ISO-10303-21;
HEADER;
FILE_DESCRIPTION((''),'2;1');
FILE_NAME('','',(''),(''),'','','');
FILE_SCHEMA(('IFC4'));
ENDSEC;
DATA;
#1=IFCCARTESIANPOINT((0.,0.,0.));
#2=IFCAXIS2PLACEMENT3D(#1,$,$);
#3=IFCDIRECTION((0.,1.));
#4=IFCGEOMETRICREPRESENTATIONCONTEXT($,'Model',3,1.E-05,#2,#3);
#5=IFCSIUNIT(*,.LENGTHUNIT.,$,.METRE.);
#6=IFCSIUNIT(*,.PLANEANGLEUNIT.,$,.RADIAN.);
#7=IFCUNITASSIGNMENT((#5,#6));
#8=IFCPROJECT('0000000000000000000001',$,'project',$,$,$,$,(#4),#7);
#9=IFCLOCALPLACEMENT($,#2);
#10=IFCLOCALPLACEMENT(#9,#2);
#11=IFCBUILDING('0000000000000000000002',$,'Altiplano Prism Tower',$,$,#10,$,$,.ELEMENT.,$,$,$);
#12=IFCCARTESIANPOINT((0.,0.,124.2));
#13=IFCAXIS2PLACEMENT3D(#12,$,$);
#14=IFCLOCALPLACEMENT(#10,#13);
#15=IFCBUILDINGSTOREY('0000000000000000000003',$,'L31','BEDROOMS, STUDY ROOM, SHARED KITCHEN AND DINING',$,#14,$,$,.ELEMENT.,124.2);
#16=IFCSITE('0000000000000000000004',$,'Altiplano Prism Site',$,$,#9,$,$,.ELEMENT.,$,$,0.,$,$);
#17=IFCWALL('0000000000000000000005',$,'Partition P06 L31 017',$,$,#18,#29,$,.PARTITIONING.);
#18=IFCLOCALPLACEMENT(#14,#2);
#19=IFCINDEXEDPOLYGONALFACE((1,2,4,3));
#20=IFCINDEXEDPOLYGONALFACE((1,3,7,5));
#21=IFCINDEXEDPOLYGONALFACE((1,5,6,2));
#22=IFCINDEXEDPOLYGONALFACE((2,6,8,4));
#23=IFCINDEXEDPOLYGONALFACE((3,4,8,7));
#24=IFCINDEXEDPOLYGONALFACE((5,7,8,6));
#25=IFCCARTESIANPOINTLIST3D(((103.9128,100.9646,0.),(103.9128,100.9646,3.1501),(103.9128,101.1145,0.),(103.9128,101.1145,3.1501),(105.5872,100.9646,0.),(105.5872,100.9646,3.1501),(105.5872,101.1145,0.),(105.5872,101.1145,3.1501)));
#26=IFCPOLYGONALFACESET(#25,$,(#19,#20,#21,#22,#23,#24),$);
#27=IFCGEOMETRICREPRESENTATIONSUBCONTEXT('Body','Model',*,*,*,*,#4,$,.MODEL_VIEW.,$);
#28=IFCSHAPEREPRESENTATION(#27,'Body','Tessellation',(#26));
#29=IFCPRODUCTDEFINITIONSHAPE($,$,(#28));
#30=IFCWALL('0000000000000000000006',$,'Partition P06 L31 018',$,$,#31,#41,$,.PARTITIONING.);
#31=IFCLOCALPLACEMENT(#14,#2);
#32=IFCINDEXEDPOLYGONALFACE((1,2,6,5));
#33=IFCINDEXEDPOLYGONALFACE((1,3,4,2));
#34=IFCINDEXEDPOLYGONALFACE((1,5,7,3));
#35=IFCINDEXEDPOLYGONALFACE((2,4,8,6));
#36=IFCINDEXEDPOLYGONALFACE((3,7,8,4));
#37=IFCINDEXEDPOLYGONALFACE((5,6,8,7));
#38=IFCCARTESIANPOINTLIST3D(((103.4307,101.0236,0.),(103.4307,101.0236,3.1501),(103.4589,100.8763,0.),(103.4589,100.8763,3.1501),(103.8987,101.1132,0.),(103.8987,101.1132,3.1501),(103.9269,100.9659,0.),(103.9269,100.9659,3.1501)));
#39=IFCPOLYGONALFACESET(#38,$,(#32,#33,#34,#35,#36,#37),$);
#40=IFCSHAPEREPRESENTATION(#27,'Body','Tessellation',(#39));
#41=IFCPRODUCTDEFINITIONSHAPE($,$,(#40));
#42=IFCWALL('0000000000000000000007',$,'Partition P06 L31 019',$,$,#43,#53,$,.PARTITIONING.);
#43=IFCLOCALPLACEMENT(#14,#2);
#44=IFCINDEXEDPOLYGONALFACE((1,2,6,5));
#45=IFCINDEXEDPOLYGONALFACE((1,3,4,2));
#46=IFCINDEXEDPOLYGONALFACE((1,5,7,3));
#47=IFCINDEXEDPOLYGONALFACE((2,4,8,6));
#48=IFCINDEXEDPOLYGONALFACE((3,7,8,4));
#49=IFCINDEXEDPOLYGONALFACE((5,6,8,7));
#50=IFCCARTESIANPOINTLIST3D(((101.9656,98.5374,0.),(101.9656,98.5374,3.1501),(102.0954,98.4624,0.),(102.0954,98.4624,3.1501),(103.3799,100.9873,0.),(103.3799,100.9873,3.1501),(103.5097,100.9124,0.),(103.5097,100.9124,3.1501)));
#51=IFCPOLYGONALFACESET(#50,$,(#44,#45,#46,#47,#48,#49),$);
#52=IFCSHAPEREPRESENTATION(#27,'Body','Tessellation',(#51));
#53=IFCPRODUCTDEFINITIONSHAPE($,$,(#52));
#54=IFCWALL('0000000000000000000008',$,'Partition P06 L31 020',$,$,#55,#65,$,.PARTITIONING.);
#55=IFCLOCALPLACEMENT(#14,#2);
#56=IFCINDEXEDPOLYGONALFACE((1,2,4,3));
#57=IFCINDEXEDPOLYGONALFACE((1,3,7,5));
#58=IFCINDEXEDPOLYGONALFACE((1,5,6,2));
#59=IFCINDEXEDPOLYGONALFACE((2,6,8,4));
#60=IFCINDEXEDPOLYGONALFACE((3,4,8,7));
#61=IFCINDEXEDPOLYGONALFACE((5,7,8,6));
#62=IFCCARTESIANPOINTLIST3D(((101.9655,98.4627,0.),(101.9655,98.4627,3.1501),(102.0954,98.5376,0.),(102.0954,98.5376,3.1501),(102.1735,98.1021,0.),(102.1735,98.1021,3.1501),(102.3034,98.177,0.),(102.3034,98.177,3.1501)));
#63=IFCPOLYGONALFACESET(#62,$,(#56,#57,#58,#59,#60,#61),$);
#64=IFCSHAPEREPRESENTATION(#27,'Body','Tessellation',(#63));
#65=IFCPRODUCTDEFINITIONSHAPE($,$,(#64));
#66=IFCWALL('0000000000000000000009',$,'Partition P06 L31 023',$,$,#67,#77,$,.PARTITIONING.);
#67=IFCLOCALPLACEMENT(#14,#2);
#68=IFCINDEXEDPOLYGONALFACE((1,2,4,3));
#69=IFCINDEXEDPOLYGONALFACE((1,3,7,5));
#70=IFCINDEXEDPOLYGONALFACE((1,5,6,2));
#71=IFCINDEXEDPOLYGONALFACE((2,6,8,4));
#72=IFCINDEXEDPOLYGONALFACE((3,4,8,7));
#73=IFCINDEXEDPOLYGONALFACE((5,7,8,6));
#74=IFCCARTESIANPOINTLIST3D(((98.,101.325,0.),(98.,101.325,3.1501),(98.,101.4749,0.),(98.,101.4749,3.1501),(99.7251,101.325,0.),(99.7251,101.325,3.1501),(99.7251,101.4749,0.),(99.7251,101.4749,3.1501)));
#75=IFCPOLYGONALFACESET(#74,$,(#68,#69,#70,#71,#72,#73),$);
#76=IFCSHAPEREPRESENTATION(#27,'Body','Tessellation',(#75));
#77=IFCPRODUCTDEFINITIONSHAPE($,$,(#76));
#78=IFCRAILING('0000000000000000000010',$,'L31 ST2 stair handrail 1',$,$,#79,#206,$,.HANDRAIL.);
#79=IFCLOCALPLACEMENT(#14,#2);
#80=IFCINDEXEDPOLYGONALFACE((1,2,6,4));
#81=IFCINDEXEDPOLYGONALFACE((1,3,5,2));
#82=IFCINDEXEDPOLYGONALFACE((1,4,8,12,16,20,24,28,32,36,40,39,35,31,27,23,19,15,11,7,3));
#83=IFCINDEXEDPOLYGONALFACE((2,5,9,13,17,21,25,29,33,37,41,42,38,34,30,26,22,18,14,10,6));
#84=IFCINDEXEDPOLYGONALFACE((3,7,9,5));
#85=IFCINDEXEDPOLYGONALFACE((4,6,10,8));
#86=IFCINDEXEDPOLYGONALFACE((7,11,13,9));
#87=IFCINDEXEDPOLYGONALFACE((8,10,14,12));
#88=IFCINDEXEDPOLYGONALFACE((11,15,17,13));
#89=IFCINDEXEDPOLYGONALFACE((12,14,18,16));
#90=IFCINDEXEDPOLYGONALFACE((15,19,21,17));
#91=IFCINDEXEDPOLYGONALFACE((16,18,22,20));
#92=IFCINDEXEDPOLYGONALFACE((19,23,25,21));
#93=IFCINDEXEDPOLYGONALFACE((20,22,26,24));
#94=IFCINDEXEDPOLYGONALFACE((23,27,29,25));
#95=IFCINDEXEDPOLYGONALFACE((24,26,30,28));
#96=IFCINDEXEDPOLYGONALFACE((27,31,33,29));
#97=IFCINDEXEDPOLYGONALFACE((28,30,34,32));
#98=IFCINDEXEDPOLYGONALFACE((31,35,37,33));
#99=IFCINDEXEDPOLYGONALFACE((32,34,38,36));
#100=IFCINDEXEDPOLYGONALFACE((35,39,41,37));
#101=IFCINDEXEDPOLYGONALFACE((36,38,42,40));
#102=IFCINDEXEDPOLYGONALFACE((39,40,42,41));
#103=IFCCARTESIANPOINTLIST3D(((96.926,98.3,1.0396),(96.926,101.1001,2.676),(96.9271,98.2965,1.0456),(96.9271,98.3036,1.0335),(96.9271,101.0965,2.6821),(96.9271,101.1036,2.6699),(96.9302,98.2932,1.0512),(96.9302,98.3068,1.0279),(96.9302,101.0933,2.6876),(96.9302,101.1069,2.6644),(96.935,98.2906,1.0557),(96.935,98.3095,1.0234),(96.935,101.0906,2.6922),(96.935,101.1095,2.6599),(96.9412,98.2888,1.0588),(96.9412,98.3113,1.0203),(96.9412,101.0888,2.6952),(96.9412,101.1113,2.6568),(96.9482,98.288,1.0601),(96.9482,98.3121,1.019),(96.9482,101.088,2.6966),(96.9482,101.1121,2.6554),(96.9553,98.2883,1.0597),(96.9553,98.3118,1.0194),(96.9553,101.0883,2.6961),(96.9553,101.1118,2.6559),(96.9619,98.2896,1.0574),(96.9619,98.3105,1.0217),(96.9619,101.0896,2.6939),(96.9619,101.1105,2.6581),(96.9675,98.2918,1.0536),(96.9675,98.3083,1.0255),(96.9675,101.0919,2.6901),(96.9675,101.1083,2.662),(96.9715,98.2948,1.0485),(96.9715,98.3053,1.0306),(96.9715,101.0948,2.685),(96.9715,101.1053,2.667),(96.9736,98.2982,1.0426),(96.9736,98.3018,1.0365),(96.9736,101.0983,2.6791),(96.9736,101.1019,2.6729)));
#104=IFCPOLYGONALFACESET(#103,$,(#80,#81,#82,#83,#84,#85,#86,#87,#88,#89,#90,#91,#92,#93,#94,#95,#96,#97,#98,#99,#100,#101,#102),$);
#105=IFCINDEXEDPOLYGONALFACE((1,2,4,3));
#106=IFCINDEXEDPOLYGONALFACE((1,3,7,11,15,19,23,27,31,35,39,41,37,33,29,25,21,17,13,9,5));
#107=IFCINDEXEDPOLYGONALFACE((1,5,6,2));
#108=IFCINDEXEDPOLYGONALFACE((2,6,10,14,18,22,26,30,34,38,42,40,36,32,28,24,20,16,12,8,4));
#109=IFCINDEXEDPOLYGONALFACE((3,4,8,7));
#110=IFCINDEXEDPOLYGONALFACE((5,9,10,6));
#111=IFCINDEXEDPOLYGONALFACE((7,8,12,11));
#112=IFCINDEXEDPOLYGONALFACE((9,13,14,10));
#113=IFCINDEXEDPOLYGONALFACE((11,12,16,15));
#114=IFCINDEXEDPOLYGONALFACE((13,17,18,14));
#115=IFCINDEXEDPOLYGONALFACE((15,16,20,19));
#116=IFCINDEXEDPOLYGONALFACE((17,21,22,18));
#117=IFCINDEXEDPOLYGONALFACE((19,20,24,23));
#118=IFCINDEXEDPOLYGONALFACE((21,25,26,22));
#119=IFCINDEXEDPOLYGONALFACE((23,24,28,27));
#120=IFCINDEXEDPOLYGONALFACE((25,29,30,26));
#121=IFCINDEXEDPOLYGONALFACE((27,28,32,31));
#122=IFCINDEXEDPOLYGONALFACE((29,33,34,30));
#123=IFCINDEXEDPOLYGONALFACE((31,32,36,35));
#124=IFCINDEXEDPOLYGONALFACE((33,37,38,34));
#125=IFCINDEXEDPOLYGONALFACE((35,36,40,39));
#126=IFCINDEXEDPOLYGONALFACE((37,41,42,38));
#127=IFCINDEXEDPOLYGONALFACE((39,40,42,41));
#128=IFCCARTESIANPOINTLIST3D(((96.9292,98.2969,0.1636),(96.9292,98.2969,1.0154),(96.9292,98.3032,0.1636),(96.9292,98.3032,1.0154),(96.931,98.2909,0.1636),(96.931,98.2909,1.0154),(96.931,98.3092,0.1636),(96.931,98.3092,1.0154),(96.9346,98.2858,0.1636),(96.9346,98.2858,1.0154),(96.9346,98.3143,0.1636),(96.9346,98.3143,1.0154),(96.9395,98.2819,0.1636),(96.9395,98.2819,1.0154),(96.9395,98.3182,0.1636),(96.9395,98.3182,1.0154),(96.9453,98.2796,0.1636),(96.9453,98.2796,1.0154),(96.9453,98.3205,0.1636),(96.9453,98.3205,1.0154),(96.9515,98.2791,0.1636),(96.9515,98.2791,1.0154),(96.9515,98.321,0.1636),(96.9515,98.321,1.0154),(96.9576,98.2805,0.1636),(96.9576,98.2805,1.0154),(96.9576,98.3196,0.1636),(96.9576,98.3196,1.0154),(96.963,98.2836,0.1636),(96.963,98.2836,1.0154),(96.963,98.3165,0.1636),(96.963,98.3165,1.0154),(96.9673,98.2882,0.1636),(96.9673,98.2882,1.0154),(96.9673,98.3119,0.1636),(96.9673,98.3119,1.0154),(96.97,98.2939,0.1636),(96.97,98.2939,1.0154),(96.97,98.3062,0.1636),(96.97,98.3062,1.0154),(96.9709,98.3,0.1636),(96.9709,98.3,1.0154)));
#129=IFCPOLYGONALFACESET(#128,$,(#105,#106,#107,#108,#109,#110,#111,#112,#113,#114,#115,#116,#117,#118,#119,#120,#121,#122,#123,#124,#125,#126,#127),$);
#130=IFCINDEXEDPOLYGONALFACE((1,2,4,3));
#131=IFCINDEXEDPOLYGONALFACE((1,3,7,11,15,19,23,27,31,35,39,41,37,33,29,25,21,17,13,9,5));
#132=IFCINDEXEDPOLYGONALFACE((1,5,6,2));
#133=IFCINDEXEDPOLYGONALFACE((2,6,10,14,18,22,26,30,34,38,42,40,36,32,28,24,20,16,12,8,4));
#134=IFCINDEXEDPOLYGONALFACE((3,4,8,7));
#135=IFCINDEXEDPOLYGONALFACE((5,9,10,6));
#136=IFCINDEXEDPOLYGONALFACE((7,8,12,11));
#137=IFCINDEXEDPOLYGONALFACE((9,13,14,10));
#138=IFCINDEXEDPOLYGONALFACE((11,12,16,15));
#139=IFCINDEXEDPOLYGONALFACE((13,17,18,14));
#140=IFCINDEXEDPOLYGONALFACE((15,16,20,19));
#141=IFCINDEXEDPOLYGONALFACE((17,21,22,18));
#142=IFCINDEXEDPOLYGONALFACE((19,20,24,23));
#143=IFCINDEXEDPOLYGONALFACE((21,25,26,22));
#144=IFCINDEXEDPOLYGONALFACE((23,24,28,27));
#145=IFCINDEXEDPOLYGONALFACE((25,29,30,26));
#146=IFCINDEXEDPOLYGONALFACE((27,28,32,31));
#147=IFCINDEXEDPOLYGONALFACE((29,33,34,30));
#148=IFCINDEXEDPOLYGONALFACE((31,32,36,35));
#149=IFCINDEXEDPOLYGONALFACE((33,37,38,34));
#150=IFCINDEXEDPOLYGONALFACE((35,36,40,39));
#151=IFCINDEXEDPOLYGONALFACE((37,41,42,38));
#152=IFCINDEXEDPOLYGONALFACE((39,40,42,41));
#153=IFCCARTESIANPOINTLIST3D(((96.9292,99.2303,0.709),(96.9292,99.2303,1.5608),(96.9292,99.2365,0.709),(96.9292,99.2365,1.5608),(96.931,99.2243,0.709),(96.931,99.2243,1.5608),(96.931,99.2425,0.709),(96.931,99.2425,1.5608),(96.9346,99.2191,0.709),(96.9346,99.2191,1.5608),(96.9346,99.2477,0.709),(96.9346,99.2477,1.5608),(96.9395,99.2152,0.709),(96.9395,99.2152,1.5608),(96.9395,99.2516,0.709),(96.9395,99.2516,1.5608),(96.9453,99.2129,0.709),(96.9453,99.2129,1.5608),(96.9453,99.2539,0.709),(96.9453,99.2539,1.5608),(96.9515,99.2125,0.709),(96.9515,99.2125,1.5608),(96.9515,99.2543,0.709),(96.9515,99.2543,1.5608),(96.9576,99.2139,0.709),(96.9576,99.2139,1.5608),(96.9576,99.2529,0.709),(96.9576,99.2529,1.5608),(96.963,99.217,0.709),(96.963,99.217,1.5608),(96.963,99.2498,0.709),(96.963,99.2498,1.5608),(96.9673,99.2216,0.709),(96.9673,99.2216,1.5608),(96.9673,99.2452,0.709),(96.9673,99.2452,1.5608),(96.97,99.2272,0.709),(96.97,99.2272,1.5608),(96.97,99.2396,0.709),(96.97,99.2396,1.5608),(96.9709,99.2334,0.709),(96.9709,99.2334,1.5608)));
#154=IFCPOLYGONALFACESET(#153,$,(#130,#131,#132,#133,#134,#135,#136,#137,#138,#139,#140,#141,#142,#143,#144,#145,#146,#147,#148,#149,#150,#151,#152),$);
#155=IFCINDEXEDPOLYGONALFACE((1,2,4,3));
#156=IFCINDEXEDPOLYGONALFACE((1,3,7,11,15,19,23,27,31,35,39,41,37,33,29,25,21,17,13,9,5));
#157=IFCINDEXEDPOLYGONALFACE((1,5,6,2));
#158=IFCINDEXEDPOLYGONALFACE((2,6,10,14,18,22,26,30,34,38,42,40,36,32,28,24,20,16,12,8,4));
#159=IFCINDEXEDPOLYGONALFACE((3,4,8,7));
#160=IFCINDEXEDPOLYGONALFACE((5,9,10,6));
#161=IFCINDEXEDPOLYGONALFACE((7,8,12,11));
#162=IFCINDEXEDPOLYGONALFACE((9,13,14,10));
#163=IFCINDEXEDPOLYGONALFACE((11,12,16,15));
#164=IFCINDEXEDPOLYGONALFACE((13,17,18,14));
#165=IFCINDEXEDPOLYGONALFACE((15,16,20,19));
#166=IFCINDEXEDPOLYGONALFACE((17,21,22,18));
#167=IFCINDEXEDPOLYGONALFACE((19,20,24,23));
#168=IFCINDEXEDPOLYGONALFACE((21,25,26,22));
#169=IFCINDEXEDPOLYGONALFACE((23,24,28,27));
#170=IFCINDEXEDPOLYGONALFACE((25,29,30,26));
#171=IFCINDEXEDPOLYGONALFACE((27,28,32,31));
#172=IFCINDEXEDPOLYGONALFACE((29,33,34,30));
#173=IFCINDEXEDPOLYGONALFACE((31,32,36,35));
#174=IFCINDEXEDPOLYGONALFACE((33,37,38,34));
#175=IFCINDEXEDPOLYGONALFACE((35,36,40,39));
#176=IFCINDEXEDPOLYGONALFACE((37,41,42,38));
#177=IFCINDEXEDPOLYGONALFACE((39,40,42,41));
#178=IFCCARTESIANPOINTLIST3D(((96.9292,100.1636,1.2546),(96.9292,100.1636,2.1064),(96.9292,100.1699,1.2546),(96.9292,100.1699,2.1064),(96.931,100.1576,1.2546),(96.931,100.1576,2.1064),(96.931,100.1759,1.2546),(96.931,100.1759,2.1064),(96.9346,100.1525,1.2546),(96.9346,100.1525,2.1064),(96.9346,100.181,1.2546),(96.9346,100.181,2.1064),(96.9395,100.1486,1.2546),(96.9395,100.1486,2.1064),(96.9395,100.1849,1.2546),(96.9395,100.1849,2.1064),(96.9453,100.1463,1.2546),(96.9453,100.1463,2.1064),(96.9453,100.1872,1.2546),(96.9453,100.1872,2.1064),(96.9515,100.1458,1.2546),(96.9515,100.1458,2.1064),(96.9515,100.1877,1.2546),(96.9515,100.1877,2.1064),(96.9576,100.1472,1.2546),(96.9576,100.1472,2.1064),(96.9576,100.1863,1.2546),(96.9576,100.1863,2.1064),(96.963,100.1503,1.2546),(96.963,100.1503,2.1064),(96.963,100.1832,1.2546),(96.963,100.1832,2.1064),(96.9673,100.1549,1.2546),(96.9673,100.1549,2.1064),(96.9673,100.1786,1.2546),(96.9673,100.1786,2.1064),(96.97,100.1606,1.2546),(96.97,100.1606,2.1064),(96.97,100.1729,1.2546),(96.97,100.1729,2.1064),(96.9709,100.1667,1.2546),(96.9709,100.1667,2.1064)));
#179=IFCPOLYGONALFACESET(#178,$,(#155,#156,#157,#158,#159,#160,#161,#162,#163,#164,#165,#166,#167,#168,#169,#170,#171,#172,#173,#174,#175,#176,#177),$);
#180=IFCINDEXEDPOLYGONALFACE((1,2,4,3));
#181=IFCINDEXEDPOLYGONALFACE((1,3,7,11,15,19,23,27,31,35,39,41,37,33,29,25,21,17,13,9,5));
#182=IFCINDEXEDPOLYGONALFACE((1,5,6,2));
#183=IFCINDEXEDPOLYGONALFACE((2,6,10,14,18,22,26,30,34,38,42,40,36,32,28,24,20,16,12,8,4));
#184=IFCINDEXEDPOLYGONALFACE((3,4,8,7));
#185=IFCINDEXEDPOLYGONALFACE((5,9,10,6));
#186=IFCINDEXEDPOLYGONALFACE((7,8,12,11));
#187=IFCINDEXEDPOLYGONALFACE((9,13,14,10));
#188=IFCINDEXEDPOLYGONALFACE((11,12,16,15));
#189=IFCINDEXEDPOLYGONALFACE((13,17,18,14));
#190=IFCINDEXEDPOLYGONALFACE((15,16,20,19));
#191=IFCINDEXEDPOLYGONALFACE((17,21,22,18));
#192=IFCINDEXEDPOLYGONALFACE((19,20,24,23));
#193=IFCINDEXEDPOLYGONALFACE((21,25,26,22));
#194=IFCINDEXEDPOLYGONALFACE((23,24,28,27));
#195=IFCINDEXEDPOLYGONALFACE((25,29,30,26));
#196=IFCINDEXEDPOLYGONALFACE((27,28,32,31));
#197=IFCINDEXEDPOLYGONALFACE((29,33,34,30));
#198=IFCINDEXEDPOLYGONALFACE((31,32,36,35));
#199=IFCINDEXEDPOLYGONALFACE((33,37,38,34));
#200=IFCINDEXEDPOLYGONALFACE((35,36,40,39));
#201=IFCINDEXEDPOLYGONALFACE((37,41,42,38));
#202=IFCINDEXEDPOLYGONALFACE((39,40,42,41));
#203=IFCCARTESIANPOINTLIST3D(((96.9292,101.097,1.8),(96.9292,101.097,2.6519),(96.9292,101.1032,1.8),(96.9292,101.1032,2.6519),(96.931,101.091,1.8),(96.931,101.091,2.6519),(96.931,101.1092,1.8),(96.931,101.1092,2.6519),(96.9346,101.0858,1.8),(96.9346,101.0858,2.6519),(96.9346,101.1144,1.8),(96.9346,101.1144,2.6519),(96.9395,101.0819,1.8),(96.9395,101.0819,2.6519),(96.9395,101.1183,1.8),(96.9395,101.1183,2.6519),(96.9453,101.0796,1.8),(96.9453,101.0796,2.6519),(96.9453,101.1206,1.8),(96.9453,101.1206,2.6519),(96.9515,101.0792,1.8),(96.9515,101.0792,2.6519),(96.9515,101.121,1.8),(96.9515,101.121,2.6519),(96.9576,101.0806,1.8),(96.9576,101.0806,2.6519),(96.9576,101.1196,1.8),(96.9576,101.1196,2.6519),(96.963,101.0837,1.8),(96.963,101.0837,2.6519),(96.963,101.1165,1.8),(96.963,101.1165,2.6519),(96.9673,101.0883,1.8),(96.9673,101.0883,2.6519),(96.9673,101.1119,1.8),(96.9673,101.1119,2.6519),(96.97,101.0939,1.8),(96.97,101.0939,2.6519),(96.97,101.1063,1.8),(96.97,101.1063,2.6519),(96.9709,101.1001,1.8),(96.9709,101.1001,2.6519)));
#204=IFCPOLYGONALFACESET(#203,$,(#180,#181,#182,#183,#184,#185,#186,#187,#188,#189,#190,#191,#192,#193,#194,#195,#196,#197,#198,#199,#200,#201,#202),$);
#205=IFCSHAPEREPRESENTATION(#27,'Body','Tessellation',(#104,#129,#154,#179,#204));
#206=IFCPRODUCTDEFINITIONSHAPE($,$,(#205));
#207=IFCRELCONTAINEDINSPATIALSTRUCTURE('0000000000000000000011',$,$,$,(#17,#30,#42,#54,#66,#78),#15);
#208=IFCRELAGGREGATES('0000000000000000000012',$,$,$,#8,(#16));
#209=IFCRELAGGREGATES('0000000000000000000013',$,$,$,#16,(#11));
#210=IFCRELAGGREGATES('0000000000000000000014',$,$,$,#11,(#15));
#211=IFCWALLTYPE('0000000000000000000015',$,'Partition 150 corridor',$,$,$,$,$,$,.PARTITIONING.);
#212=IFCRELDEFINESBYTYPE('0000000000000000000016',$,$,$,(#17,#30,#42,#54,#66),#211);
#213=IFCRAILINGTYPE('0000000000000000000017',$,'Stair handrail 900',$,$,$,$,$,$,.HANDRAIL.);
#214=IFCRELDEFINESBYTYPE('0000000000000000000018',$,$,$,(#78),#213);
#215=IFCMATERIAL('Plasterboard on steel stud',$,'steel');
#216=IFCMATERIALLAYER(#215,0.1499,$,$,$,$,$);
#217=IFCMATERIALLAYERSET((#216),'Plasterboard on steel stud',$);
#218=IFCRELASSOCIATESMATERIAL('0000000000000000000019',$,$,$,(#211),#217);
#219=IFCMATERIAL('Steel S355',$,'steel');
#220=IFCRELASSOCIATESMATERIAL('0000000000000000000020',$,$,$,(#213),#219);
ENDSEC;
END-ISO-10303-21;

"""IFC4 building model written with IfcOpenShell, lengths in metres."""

from ifc_helpers import new_model, si_unit, direction, frame, frame_2d, origin, origin_2d, place, context, subcontext, project, spatial, rectangle, circle, extrude, material, layer, layer_set, type_object, element, save


model = new_model("IFC4")

# Units and contexts
model_context = context("Model", 3, precision=1e-05, world=origin(), true_north=direction((0.0, 1.0)))
body_context = subcontext(model_context, "Body", "Model", "MODEL_VIEW")
ifc_project = project(units=[si_unit("LENGTHUNIT", "METRE"), si_unit("PLANEANGLEUNIT", "RADIAN")], contexts=[model_context])

# Site, building, storey
site_placement = place(None, origin())
site = spatial("IfcSite", under=ifc_project, at=site_placement, Name="Altiplano Prism Site", CompositionType="ELEMENT", RefElevation=0.0)
building_placement = place(site_placement, origin())
building = spatial("IfcBuilding", under=site, at=building_placement, Name="Altiplano Prism Tower", CompositionType="ELEMENT")
storey_placement = place(building_placement, frame((0.0, 0.0, 124.2)))
storey = spatial("IfcBuildingStorey", under=building, at=storey_placement, Name="L31", Description="BEDROOMS, STUDY ROOM, SHARED KITCHEN AND DINING", CompositionType="ELEMENT", Elevation=124.2)

# Walls
ifc_material_1 = material(Name="Plasterboard on steel stud", Category="steel")
ifc_layer_1 = layer(ifc_material_1, 0.1499)
ifc_layer_set_1 = layer_set([ifc_layer_1], Name="Plasterboard on steel stud")
wall_type_1 = type_object("IfcWallType", Name="Partition 150 corridor", PredefinedType="PARTITIONING", material=ifc_layer_set_1)
wall_1_placement = place(storey_placement, frame((105.5872, 101.0396, 0.0), z_axis=(0.0, 0.0, 1.0), x_axis=(-1.0, 0.0, 0.0)))
element("IfcWall", 1, at=wall_1_placement, inside=storey, type_object=wall_type_1, Name="Partition P06 L31 017", PredefinedType="PARTITIONING", context=body_context, shape_type="SweptSolid", body=[
    extrude(rectangle(XDim=1.6743, YDim=0.1499, at=frame_2d((0.8372, 0.0))), origin(), (0.0, 0.0, 1.0), 3.1501),
])
wall_2_placement = place(storey_placement, frame((103.9128, 101.0396, 0.0), z_axis=(0.0, 0.0, 1.0), x_axis=(-0.982163, -0.18803, 0.0)))
element("IfcWall", 2, at=wall_2_placement, inside=storey, type_object=wall_type_1, Name="Partition P06 L31 018", PredefinedType="PARTITIONING", context=body_context, shape_type="SweptSolid", body=[
    extrude(rectangle(XDim=0.4766, YDim=0.1499, at=frame_2d((0.2383, 0.0))), origin(), (0.0, 0.0, 1.0), 3.1501),
])
wall_3_placement = place(storey_placement, frame((103.4448, 100.95, 0.0), z_axis=(0.0, 0.0, 1.0), x_axis=(-0.499954, -0.866052, 0.0)))
element("IfcWall", 3, at=wall_3_placement, inside=storey, type_object=wall_type_1, Name="Partition P06 L31 019", PredefinedType="PARTITIONING", context=body_context, shape_type="SweptSolid", body=[
    extrude(rectangle(XDim=2.8289, YDim=0.1499, at=frame_2d((1.4146, 0.0))), origin(), (0.0, 0.0, 1.0), 3.1501),
])
wall_4_placement = place(storey_placement, frame((102.0305, 98.5, 0.0), z_axis=(0.0, 0.0, 1.0), x_axis=(0.499672, -0.866215, 0.0)))
element("IfcWall", 4, at=wall_4_placement, inside=storey, type_object=wall_type_1, Name="Partition P06 L31 020", PredefinedType="PARTITIONING", context=body_context, shape_type="SweptSolid", body=[
    extrude(rectangle(XDim=0.4163, YDim=0.1499, at=frame_2d((0.208, 0.0))), origin(), (0.0, 0.0, 1.0), 3.1501),
])
wall_5_placement = place(storey_placement, frame((99.7251, 101.3999, 0.0), z_axis=(0.0, 0.0, 1.0), x_axis=(-1.0, 0.0, 0.0)))
element("IfcWall", 5, at=wall_5_placement, inside=storey, type_object=wall_type_1, Name="Partition P06 L31 023", PredefinedType="PARTITIONING", context=body_context, shape_type="SweptSolid", body=[
    extrude(rectangle(XDim=1.7251, YDim=0.1499, at=frame_2d((0.8625, 0.0))), origin(), (0.0, 0.0, 1.0), 3.1501),
])

# Railing
ifc_material_2 = material(Name="Steel S355", Category="steel")
railing_type = type_object("IfcRailingType", Name="Stair handrail 900", PredefinedType="HANDRAIL", material=ifc_material_2)
railing_placement = place(storey_placement, frame((96.95, 98.3, 0.1636)))
element("IfcRailing", 6, at=railing_placement, inside=storey, type_object=railing_type, Name="L31 ST2 stair handrail 1", PredefinedType="HANDRAIL", context=body_context, shape_type="SweptSolid", body=[
    extrude(circle(Radius=0.0239, at=origin_2d()), frame((0.0, 0.0, 0.876), z_axis=(0.0, 0.863361, 0.504587), x_axis=(-1.0, 0.0, 0.0)), (0.0, 0.0, 1.0), 3.2432),
    extrude(circle(Radius=0.021, at=origin_2d()), origin(), (0.0, 0.0, 1.0), 0.8518),
    extrude(circle(Radius=0.021, at=origin_2d()), frame((0.0, 0.9333, 0.5454)), (0.0, 0.0, 1.0), 0.8518),
    extrude(circle(Radius=0.021, at=origin_2d()), frame((0.0, 1.8667, 1.0911)), (0.0, 0.0, 1.0), 0.8518),
    extrude(circle(Radius=0.021, at=origin_2d()), frame((0.0, 2.8, 1.6365)), (0.0, 0.0, 1.0), 0.8518),
])

save(model, "model.ifc")
